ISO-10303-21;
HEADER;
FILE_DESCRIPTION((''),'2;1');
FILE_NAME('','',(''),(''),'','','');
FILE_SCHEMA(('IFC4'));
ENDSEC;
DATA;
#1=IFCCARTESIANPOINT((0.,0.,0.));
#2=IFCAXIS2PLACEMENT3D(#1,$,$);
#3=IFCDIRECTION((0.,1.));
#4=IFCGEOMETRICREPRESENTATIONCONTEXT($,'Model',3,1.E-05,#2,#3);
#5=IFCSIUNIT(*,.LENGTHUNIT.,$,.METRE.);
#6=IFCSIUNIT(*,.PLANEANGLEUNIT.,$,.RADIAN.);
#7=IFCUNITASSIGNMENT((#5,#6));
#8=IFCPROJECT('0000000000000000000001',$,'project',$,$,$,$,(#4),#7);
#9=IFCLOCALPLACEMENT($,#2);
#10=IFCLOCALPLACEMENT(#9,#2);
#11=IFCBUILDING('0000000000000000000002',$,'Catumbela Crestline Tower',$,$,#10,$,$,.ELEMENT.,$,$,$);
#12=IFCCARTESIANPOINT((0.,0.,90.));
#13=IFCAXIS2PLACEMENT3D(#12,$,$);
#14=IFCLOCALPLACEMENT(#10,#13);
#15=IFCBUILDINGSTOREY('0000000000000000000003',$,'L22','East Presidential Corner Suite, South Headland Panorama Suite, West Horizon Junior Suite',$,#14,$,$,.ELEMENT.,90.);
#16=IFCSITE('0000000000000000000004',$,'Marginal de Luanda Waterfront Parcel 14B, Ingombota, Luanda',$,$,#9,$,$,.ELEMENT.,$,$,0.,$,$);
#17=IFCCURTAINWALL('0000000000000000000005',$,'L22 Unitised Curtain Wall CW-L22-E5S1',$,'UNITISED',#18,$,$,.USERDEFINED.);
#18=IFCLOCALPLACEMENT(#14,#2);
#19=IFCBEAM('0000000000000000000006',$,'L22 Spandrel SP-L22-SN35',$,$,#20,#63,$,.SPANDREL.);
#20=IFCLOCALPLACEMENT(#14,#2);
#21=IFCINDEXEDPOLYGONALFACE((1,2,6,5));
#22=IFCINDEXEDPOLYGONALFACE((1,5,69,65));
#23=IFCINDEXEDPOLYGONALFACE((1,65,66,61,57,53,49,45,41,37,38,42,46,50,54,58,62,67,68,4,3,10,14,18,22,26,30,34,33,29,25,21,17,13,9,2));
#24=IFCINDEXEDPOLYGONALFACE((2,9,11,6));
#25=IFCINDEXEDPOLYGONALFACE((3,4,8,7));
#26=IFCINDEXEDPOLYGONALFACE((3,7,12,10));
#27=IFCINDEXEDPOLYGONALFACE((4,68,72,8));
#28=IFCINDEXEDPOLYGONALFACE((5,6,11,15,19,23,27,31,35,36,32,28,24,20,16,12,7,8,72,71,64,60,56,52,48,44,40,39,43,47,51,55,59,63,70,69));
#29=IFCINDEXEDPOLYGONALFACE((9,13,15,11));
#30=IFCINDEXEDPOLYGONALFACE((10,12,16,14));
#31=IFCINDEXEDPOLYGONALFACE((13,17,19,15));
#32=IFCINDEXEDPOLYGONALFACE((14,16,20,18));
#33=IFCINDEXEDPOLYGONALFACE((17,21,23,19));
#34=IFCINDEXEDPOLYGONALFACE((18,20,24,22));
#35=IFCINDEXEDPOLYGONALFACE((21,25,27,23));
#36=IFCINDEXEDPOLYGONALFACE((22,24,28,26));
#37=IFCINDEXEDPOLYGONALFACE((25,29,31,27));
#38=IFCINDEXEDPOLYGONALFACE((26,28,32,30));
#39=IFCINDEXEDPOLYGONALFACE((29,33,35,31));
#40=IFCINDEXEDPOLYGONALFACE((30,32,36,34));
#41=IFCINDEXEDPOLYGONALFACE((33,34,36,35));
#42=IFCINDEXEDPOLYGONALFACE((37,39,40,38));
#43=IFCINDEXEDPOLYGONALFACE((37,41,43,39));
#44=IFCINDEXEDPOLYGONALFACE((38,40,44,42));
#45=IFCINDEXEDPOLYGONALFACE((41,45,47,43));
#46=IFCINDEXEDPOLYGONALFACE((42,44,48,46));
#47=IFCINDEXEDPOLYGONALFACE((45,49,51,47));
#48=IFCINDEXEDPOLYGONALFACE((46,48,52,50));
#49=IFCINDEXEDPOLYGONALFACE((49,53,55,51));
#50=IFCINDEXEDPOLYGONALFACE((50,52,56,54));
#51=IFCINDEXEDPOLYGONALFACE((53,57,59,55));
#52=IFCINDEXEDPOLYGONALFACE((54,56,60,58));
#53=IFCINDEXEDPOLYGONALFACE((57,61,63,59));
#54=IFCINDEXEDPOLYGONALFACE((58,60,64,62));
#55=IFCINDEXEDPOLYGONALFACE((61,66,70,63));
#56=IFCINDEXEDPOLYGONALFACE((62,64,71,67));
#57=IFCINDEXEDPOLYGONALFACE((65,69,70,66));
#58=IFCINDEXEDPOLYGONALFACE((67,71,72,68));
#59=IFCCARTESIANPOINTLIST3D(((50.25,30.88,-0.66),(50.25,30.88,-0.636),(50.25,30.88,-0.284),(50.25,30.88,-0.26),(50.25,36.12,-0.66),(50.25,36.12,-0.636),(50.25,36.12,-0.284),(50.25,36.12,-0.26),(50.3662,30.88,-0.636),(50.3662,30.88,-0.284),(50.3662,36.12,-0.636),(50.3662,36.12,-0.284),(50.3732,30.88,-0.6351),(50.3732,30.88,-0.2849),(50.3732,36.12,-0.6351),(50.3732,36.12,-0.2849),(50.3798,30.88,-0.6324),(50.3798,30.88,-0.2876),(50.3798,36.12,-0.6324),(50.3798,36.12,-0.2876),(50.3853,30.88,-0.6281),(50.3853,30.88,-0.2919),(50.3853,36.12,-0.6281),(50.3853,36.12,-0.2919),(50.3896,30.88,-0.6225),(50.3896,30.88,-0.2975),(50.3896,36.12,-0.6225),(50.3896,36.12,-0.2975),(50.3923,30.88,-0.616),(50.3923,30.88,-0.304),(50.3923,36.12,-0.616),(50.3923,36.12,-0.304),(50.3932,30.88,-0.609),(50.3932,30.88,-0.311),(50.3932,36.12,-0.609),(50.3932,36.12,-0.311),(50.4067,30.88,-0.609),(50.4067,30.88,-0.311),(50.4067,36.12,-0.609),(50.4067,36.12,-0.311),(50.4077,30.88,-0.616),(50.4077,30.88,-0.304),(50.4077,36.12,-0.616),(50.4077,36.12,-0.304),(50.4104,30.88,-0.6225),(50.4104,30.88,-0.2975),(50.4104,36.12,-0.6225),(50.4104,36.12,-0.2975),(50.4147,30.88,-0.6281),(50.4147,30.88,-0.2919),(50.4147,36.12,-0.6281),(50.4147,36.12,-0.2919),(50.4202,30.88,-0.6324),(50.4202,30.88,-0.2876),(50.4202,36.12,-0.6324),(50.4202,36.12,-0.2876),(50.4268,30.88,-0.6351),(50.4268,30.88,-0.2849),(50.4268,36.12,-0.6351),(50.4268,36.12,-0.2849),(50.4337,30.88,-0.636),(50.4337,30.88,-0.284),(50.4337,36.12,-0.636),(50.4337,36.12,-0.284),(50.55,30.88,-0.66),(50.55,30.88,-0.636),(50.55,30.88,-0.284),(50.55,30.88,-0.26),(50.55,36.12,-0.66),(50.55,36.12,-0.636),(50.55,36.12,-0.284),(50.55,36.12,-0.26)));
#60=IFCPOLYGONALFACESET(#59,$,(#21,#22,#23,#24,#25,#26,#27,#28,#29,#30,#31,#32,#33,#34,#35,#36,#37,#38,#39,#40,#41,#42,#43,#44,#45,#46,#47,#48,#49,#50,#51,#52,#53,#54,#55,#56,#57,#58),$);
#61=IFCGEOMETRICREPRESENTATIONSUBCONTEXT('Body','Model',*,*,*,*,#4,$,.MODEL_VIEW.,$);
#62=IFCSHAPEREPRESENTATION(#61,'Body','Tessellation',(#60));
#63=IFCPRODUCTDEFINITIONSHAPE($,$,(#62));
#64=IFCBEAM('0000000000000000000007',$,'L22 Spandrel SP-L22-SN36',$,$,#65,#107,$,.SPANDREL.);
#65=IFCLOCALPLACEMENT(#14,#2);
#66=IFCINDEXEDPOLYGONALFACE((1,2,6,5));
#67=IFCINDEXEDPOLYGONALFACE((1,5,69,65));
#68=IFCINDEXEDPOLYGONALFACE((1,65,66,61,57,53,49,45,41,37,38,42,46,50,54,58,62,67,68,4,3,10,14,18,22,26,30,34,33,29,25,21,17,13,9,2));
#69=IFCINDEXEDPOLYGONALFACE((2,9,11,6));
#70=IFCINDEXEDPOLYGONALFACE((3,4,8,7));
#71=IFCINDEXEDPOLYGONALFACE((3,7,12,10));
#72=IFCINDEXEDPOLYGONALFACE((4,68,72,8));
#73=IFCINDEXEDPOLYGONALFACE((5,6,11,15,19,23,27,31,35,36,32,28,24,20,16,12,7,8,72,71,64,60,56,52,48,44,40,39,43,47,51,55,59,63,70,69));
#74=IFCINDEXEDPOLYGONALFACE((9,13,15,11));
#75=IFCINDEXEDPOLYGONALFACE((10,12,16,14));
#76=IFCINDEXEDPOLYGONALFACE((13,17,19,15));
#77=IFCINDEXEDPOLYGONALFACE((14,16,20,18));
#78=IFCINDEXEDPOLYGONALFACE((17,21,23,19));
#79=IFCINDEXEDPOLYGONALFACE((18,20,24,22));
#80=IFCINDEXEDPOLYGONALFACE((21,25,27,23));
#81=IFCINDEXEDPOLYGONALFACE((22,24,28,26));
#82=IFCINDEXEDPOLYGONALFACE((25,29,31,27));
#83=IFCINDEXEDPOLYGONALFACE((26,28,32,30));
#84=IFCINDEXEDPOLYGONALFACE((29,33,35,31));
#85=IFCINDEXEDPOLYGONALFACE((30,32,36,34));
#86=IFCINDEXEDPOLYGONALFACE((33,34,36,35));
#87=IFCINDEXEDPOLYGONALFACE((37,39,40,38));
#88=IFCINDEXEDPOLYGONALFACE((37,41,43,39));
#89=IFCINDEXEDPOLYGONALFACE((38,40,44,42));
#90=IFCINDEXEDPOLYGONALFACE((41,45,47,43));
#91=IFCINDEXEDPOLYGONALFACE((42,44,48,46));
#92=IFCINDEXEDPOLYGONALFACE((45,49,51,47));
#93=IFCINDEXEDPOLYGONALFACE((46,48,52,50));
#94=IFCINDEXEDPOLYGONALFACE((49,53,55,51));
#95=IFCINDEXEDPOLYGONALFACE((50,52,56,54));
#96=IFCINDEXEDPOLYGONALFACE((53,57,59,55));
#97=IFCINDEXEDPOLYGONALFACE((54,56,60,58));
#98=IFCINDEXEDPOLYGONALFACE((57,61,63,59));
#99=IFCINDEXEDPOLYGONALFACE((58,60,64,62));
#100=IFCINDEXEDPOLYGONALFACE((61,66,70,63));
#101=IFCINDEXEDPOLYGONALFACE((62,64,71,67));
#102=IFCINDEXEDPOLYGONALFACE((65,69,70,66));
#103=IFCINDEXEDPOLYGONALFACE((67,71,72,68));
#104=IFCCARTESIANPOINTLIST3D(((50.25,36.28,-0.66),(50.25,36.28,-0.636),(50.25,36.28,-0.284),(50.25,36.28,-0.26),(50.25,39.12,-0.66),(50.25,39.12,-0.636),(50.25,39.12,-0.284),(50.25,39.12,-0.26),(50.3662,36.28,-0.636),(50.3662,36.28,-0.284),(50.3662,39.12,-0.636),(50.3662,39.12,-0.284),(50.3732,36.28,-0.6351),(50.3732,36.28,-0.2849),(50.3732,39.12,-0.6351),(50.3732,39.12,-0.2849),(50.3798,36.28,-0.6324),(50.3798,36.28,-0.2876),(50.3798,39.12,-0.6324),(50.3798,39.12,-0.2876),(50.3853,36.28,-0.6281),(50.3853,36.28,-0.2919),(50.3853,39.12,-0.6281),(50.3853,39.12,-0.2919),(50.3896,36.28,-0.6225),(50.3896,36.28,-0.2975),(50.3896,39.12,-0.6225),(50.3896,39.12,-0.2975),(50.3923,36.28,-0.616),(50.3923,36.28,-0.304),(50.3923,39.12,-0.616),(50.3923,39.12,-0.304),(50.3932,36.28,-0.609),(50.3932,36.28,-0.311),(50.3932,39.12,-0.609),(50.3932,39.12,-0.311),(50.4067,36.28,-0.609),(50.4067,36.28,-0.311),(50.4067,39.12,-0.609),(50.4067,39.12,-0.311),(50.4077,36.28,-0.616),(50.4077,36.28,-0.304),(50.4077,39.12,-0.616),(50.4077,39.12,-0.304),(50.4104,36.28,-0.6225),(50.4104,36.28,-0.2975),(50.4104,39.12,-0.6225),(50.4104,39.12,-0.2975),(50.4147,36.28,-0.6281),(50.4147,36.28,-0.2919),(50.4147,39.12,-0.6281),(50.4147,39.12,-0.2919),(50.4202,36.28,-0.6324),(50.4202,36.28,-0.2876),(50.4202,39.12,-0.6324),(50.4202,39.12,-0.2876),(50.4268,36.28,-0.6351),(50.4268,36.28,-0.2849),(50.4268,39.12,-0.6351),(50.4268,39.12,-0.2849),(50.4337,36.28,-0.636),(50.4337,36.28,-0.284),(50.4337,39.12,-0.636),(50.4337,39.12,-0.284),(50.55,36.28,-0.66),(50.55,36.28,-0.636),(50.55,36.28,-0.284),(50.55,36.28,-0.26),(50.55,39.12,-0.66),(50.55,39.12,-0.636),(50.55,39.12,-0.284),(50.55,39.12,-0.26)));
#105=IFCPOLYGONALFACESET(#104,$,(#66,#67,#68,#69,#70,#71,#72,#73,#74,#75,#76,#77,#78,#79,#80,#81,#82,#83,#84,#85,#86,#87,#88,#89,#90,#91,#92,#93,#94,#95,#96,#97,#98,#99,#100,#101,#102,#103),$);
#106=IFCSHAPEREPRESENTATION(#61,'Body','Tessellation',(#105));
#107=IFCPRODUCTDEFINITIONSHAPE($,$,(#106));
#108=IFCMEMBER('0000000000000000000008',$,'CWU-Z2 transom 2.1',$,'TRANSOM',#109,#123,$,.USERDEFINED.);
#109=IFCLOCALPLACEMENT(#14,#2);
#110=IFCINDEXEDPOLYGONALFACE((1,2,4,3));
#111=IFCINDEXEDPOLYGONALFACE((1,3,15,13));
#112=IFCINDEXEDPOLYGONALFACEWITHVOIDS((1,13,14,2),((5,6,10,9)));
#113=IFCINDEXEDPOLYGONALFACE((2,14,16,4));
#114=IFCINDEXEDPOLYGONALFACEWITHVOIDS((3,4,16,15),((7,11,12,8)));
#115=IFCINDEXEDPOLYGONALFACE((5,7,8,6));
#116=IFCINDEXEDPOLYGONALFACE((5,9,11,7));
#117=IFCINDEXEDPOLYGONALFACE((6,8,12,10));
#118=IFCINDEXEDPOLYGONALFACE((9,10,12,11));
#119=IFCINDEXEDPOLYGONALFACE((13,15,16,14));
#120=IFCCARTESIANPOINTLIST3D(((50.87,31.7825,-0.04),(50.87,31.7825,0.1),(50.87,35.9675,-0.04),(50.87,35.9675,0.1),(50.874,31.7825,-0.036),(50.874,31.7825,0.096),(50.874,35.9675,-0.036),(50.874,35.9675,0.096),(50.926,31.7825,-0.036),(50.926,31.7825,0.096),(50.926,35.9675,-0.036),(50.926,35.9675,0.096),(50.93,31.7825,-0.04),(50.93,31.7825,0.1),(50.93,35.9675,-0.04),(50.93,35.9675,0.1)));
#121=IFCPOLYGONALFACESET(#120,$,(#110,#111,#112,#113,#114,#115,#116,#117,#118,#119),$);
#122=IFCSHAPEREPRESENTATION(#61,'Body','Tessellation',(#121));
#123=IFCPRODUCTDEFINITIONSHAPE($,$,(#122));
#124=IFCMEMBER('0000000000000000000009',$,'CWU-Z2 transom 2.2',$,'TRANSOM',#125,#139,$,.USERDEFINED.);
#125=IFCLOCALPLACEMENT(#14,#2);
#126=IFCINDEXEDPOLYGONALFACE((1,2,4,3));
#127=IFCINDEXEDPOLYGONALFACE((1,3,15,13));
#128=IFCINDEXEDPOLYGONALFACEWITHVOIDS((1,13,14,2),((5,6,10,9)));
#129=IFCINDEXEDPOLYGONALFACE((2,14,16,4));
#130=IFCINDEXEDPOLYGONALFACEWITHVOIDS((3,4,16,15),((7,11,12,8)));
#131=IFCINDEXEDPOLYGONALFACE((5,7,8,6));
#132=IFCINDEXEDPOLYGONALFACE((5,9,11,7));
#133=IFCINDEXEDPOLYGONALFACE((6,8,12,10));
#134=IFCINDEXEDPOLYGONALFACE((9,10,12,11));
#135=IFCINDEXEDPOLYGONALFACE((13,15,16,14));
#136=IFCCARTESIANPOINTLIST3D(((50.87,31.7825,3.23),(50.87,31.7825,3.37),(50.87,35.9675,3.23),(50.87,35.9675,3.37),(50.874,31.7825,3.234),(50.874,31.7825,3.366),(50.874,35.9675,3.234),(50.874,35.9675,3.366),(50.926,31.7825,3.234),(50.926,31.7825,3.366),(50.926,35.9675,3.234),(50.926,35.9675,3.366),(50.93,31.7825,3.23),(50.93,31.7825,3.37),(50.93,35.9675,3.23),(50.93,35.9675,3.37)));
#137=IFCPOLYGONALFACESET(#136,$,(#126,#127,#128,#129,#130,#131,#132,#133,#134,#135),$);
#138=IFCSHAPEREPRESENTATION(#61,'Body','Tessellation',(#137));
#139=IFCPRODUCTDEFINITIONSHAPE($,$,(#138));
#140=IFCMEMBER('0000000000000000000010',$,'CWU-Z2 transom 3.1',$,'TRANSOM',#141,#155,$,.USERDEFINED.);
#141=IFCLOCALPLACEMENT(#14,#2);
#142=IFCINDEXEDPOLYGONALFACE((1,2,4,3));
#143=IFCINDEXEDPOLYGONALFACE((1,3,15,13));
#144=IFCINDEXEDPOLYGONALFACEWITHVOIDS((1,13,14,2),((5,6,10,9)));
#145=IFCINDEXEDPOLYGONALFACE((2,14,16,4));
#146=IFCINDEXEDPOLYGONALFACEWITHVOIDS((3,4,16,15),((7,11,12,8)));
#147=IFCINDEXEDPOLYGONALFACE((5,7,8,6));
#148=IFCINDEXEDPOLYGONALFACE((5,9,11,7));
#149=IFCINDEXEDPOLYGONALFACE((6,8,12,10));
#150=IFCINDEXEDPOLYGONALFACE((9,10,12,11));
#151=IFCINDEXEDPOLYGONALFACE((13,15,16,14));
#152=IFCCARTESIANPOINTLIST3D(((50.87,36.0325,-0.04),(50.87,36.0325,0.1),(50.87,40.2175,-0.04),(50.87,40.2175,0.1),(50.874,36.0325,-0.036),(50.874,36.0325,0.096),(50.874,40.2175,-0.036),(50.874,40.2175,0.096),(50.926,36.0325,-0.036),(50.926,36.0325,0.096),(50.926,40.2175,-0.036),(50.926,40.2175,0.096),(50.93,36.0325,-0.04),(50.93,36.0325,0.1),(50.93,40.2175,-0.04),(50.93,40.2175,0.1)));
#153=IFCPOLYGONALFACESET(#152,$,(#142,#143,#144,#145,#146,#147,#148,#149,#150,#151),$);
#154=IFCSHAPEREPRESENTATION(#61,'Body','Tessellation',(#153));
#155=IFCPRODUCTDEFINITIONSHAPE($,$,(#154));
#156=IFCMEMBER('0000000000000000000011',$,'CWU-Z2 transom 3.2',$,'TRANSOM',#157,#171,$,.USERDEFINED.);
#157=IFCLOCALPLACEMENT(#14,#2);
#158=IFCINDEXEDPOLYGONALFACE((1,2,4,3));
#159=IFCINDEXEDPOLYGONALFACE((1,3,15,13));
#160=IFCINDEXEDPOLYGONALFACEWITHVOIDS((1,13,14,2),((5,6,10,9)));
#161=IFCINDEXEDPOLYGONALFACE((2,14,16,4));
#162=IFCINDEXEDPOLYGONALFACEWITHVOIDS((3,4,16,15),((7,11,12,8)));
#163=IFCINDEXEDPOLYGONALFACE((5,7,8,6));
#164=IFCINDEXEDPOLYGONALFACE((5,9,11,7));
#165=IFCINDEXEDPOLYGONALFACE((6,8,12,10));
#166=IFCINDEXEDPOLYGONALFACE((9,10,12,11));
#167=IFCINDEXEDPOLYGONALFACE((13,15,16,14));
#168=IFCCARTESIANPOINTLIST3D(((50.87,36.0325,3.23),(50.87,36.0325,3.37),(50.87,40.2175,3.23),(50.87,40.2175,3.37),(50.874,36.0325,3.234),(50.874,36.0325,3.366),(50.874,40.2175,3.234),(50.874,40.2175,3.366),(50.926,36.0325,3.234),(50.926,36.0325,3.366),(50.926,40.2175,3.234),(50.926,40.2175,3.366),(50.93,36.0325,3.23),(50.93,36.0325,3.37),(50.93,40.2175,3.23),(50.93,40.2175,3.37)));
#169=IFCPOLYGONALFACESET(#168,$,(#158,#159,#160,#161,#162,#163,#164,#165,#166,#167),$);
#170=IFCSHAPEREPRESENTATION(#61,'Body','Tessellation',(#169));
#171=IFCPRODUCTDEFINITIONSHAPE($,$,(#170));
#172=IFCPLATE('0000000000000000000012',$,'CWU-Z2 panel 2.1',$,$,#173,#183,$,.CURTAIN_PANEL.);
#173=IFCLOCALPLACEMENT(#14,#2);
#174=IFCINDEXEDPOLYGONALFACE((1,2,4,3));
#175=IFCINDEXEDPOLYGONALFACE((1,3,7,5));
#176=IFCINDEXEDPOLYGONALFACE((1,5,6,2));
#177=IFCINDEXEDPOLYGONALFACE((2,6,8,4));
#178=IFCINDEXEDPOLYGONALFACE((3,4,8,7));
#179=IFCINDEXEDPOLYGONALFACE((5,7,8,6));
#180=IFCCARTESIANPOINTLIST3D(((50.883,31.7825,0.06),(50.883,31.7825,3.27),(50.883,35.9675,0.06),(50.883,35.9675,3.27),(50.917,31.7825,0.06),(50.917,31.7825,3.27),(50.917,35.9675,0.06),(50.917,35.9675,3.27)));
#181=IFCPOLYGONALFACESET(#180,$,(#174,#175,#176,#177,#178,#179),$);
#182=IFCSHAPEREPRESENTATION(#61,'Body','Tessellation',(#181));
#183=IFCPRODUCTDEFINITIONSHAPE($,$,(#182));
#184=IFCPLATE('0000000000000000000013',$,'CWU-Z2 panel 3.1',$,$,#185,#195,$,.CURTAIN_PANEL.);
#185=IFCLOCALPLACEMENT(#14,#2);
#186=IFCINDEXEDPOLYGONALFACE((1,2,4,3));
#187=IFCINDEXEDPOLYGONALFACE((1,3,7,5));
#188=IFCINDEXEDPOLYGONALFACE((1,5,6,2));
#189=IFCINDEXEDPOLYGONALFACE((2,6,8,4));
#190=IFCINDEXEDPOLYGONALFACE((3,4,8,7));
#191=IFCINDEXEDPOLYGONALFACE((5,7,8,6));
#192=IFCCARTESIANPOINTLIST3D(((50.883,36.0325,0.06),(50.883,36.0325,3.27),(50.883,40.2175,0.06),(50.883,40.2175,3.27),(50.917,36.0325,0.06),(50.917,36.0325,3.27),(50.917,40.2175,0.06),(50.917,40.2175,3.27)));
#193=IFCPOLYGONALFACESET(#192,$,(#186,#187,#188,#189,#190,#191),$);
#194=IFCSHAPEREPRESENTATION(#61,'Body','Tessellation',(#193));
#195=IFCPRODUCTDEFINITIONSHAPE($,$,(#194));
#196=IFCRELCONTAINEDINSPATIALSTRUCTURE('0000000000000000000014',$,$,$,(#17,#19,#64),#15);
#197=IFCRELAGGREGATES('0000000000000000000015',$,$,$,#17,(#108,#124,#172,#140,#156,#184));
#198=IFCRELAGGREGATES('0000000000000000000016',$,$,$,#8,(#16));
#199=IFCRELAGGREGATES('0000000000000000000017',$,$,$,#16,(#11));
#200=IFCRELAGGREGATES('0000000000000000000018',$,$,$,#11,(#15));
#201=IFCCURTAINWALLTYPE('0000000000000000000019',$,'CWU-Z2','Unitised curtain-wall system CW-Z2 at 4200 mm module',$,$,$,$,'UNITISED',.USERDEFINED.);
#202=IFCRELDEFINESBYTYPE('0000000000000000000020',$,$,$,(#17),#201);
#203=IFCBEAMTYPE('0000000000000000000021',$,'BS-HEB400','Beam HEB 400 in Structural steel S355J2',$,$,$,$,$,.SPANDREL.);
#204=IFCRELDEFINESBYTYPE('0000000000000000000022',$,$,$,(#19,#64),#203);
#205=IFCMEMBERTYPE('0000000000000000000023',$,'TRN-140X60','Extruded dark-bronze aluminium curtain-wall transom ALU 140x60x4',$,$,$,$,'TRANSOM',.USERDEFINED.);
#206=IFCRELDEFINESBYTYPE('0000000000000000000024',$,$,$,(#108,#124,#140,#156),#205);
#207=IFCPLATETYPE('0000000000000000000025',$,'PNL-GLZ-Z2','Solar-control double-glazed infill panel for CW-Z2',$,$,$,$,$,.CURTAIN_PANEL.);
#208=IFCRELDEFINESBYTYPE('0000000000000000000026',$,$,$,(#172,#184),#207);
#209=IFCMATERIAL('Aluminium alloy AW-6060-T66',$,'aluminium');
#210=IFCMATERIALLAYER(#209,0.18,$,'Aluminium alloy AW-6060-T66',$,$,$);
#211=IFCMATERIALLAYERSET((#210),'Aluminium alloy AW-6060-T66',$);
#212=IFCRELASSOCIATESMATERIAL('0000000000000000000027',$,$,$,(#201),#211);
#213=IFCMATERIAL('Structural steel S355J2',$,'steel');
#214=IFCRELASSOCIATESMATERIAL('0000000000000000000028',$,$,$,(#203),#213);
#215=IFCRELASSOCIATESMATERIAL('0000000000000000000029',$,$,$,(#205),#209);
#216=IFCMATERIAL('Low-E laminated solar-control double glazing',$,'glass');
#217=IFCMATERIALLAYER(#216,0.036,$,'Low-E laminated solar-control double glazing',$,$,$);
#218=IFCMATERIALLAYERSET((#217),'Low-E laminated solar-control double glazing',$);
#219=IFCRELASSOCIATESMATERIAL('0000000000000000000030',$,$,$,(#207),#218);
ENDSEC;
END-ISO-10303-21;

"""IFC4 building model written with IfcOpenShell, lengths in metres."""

from ifc_helpers import new_model, si_unit, direction, frame, origin, origin_2d, place, context, subcontext, project, spatial, rectangle, hollow_rectangle, i_section, extrude, material, layer, layer_set, material_profile, profile_set, type_object, element, aggregate, save


model = new_model("IFC4")

# Units and contexts
model_context = context("Model", 3, precision=1e-05, world=origin(), true_north=direction((0.0, 1.0)))
body_context = subcontext(model_context, "Body", "Model", "MODEL_VIEW")
ifc_project = project(units=[si_unit("LENGTHUNIT", "METRE"), si_unit("PLANEANGLEUNIT", "RADIAN")], contexts=[model_context])

# Site, building, storey
site_placement = place(None, origin())
site = spatial("IfcSite", under=ifc_project, at=site_placement, Name="Marginal de Luanda Waterfront Parcel 14B, Ingombota, Luanda", CompositionType="ELEMENT", RefElevation=0.0)
building_placement = place(site_placement, origin())
building = spatial("IfcBuilding", under=site, at=building_placement, Name="Catumbela Crestline Tower", CompositionType="ELEMENT")
storey_placement = place(building_placement, frame((0.0, 0.0, 90.0)))
storey = spatial("IfcBuildingStorey", under=building, at=storey_placement, Name="L22", Description="East Presidential Corner Suite, South Headland Panorama Suite, West Horizon Junior Suite", CompositionType="ELEMENT", Elevation=90.0)

# Shared definitions
ifc_material_1 = material(Name="Structural steel S355J2", Category="steel")

# Curtain wall
ifc_material_2 = material(Name="Aluminium alloy AW-6060-T66", Category="aluminium")
ifc_layer_1 = layer(ifc_material_2, 0.18, Name="Aluminium alloy AW-6060-T66")
ifc_layer_set_1 = layer_set([ifc_layer_1], Name="Aluminium alloy AW-6060-T66")
curtain_wall_type = type_object("IfcCurtainWallType", Name="CWU-Z2", Description="Unitised curtain-wall system CW-Z2 at 4200 mm module", ElementType="UNITISED", PredefinedType="USERDEFINED", material=ifc_layer_set_1)
curtain_wall_placement = place(storey_placement, origin())
curtain_wall = element("IfcCurtainWall", 1, at=curtain_wall_placement, inside=storey, type_object=curtain_wall_type, Name="L22 Unitised Curtain Wall CW-L22-E5S1", ObjectType="UNITISED", PredefinedType="USERDEFINED")

# Beams
ifc_material_profile_1 = material_profile(ifc_material_1, i_section(OverallWidth=0.3, OverallDepth=0.4, WebThickness=0.0135, FlangeThickness=0.024, FilletRadius=0.027, at=origin_2d()), Name="HEB 400")
ifc_profile_set_1 = profile_set([ifc_material_profile_1], Name="Structural steel S355J2")
beam_type_1 = type_object("IfcBeamType", Name="BS-HEB400", Description="Beam HEB 400 in Structural steel S355J2", PredefinedType="SPANDREL", material=ifc_profile_set_1)
beam_1_placement = place(storey_placement, frame((50.4, 30.88, -0.46), z_axis=(0.0, 1.0, 0.0), x_axis=(-1.0, 0.0, 0.0)))
element("IfcBeam", 2, at=beam_1_placement, inside=storey, type_object=beam_type_1, Name="L22 Spandrel SP-L22-SN35", PredefinedType="SPANDREL", context=body_context, shape_type="SweptSolid", body=[
    extrude(i_section(OverallWidth=0.3, OverallDepth=0.4, WebThickness=0.0135, FlangeThickness=0.024, FilletRadius=0.027, at=origin_2d()), origin(), (0.0, 0.0, 1.0), 5.24),
])
beam_2_placement = place(storey_placement, frame((50.4, 36.28, -0.46), z_axis=(0.0, 1.0, 0.0), x_axis=(-1.0, 0.0, 0.0)))
element("IfcBeam", 3, at=beam_2_placement, inside=storey, type_object=beam_type_1, Name="L22 Spandrel SP-L22-SN36", PredefinedType="SPANDREL", context=body_context, shape_type="SweptSolid", body=[
    extrude(i_section(OverallWidth=0.3, OverallDepth=0.4, WebThickness=0.0135, FlangeThickness=0.024, FilletRadius=0.027, at=origin_2d()), origin(), (0.0, 0.0, 1.0), 2.84),
])

# Members
ifc_material_profile_2 = material_profile(ifc_material_2, hollow_rectangle(XDim=0.06, YDim=0.14, WallThickness=0.004, at=origin_2d()), Name="ALU 140x60x4")
ifc_profile_set_2 = profile_set([ifc_material_profile_2], Name="Aluminium alloy AW-6060-T66")
member_type_1 = type_object("IfcMemberType", Name="TRN-140X60", Description="Extruded dark-bronze aluminium curtain-wall transom ALU 140x60x4", ElementType="TRANSOM", PredefinedType="USERDEFINED", material=ifc_profile_set_2)
member_1_placement = place(storey_placement, frame((50.9, 31.7825, 0.03), z_axis=(0.0, 1.0, 0.0), x_axis=(-1.0, 0.0, 0.0)))
member_1 = element("IfcMember", 4, at=member_1_placement, type_object=member_type_1, Name="CWU-Z2 transom 2.1", ObjectType="TRANSOM", PredefinedType="USERDEFINED", context=body_context, shape_type="SweptSolid", body=[
    extrude(hollow_rectangle(XDim=0.06, YDim=0.14, WallThickness=0.004, at=origin_2d()), origin(), (0.0, 0.0, 1.0), 4.185),
])
member_2_placement = place(storey_placement, frame((50.9, 31.7825, 3.3), z_axis=(0.0, 1.0, 0.0), x_axis=(-1.0, 0.0, 0.0)))
member_2 = element("IfcMember", 5, at=member_2_placement, type_object=member_type_1, Name="CWU-Z2 transom 2.2", ObjectType="TRANSOM", PredefinedType="USERDEFINED", context=body_context, shape_type="SweptSolid", body=[
    extrude(hollow_rectangle(XDim=0.06, YDim=0.14, WallThickness=0.004, at=origin_2d()), origin(), (0.0, 0.0, 1.0), 4.185),
])
member_3_placement = place(storey_placement, frame((50.9, 36.0325, 0.03), z_axis=(0.0, 1.0, 0.0), x_axis=(-1.0, 0.0, 0.0)))
member_3 = element("IfcMember", 6, at=member_3_placement, type_object=member_type_1, Name="CWU-Z2 transom 3.1", ObjectType="TRANSOM", PredefinedType="USERDEFINED", context=body_context, shape_type="SweptSolid", body=[
    extrude(hollow_rectangle(XDim=0.06, YDim=0.14, WallThickness=0.004, at=origin_2d()), origin(), (0.0, 0.0, 1.0), 4.185),
])
member_4_placement = place(storey_placement, frame((50.9, 36.0325, 3.3), z_axis=(0.0, 1.0, 0.0), x_axis=(-1.0, 0.0, 0.0)))
member_4 = element("IfcMember", 7, at=member_4_placement, type_object=member_type_1, Name="CWU-Z2 transom 3.2", ObjectType="TRANSOM", PredefinedType="USERDEFINED", context=body_context, shape_type="SweptSolid", body=[
    extrude(hollow_rectangle(XDim=0.06, YDim=0.14, WallThickness=0.004, at=origin_2d()), origin(), (0.0, 0.0, 1.0), 4.185),
])

# Plates
ifc_material_3 = material(Name="Low-E laminated solar-control double glazing", Category="glass")
ifc_layer_2 = layer(ifc_material_3, 0.036, Name="Low-E laminated solar-control double glazing")
ifc_layer_set_2 = layer_set([ifc_layer_2], Name="Low-E laminated solar-control double glazing")
plate_type = type_object("IfcPlateType", Name="PNL-GLZ-Z2", Description="Solar-control double-glazed infill panel for CW-Z2", PredefinedType="CURTAIN_PANEL", material=ifc_layer_set_2)
plate_1_placement = place(storey_placement, frame((50.9, 33.875, 0.06), z_axis=(0.0, 0.0, 1.0), x_axis=(0.0, 1.0, 0.0)))
plate_1 = element("IfcPlate", 8, at=plate_1_placement, type_object=plate_type, Name="CWU-Z2 panel 2.1", PredefinedType="CURTAIN_PANEL", context=body_context, shape_type="SweptSolid", body=[
    extrude(rectangle(XDim=4.185, YDim=0.034, at=origin_2d()), origin(), (0.0, 0.0, 1.0), 3.21),
])
plate_2_placement = place(storey_placement, frame((50.9, 38.125, 0.06), z_axis=(0.0, 0.0, 1.0), x_axis=(0.0, 1.0, 0.0)))
plate_2 = element("IfcPlate", 9, at=plate_2_placement, type_object=plate_type, Name="CWU-Z2 panel 3.1", PredefinedType="CURTAIN_PANEL", context=body_context, shape_type="SweptSolid", body=[
    extrude(rectangle(XDim=4.185, YDim=0.034, at=origin_2d()), origin(), (0.0, 0.0, 1.0), 3.21),
])
aggregate(curtain_wall, [member_1, member_2, plate_1, member_3, member_4, plate_2])

save(model, "model.ifc")
